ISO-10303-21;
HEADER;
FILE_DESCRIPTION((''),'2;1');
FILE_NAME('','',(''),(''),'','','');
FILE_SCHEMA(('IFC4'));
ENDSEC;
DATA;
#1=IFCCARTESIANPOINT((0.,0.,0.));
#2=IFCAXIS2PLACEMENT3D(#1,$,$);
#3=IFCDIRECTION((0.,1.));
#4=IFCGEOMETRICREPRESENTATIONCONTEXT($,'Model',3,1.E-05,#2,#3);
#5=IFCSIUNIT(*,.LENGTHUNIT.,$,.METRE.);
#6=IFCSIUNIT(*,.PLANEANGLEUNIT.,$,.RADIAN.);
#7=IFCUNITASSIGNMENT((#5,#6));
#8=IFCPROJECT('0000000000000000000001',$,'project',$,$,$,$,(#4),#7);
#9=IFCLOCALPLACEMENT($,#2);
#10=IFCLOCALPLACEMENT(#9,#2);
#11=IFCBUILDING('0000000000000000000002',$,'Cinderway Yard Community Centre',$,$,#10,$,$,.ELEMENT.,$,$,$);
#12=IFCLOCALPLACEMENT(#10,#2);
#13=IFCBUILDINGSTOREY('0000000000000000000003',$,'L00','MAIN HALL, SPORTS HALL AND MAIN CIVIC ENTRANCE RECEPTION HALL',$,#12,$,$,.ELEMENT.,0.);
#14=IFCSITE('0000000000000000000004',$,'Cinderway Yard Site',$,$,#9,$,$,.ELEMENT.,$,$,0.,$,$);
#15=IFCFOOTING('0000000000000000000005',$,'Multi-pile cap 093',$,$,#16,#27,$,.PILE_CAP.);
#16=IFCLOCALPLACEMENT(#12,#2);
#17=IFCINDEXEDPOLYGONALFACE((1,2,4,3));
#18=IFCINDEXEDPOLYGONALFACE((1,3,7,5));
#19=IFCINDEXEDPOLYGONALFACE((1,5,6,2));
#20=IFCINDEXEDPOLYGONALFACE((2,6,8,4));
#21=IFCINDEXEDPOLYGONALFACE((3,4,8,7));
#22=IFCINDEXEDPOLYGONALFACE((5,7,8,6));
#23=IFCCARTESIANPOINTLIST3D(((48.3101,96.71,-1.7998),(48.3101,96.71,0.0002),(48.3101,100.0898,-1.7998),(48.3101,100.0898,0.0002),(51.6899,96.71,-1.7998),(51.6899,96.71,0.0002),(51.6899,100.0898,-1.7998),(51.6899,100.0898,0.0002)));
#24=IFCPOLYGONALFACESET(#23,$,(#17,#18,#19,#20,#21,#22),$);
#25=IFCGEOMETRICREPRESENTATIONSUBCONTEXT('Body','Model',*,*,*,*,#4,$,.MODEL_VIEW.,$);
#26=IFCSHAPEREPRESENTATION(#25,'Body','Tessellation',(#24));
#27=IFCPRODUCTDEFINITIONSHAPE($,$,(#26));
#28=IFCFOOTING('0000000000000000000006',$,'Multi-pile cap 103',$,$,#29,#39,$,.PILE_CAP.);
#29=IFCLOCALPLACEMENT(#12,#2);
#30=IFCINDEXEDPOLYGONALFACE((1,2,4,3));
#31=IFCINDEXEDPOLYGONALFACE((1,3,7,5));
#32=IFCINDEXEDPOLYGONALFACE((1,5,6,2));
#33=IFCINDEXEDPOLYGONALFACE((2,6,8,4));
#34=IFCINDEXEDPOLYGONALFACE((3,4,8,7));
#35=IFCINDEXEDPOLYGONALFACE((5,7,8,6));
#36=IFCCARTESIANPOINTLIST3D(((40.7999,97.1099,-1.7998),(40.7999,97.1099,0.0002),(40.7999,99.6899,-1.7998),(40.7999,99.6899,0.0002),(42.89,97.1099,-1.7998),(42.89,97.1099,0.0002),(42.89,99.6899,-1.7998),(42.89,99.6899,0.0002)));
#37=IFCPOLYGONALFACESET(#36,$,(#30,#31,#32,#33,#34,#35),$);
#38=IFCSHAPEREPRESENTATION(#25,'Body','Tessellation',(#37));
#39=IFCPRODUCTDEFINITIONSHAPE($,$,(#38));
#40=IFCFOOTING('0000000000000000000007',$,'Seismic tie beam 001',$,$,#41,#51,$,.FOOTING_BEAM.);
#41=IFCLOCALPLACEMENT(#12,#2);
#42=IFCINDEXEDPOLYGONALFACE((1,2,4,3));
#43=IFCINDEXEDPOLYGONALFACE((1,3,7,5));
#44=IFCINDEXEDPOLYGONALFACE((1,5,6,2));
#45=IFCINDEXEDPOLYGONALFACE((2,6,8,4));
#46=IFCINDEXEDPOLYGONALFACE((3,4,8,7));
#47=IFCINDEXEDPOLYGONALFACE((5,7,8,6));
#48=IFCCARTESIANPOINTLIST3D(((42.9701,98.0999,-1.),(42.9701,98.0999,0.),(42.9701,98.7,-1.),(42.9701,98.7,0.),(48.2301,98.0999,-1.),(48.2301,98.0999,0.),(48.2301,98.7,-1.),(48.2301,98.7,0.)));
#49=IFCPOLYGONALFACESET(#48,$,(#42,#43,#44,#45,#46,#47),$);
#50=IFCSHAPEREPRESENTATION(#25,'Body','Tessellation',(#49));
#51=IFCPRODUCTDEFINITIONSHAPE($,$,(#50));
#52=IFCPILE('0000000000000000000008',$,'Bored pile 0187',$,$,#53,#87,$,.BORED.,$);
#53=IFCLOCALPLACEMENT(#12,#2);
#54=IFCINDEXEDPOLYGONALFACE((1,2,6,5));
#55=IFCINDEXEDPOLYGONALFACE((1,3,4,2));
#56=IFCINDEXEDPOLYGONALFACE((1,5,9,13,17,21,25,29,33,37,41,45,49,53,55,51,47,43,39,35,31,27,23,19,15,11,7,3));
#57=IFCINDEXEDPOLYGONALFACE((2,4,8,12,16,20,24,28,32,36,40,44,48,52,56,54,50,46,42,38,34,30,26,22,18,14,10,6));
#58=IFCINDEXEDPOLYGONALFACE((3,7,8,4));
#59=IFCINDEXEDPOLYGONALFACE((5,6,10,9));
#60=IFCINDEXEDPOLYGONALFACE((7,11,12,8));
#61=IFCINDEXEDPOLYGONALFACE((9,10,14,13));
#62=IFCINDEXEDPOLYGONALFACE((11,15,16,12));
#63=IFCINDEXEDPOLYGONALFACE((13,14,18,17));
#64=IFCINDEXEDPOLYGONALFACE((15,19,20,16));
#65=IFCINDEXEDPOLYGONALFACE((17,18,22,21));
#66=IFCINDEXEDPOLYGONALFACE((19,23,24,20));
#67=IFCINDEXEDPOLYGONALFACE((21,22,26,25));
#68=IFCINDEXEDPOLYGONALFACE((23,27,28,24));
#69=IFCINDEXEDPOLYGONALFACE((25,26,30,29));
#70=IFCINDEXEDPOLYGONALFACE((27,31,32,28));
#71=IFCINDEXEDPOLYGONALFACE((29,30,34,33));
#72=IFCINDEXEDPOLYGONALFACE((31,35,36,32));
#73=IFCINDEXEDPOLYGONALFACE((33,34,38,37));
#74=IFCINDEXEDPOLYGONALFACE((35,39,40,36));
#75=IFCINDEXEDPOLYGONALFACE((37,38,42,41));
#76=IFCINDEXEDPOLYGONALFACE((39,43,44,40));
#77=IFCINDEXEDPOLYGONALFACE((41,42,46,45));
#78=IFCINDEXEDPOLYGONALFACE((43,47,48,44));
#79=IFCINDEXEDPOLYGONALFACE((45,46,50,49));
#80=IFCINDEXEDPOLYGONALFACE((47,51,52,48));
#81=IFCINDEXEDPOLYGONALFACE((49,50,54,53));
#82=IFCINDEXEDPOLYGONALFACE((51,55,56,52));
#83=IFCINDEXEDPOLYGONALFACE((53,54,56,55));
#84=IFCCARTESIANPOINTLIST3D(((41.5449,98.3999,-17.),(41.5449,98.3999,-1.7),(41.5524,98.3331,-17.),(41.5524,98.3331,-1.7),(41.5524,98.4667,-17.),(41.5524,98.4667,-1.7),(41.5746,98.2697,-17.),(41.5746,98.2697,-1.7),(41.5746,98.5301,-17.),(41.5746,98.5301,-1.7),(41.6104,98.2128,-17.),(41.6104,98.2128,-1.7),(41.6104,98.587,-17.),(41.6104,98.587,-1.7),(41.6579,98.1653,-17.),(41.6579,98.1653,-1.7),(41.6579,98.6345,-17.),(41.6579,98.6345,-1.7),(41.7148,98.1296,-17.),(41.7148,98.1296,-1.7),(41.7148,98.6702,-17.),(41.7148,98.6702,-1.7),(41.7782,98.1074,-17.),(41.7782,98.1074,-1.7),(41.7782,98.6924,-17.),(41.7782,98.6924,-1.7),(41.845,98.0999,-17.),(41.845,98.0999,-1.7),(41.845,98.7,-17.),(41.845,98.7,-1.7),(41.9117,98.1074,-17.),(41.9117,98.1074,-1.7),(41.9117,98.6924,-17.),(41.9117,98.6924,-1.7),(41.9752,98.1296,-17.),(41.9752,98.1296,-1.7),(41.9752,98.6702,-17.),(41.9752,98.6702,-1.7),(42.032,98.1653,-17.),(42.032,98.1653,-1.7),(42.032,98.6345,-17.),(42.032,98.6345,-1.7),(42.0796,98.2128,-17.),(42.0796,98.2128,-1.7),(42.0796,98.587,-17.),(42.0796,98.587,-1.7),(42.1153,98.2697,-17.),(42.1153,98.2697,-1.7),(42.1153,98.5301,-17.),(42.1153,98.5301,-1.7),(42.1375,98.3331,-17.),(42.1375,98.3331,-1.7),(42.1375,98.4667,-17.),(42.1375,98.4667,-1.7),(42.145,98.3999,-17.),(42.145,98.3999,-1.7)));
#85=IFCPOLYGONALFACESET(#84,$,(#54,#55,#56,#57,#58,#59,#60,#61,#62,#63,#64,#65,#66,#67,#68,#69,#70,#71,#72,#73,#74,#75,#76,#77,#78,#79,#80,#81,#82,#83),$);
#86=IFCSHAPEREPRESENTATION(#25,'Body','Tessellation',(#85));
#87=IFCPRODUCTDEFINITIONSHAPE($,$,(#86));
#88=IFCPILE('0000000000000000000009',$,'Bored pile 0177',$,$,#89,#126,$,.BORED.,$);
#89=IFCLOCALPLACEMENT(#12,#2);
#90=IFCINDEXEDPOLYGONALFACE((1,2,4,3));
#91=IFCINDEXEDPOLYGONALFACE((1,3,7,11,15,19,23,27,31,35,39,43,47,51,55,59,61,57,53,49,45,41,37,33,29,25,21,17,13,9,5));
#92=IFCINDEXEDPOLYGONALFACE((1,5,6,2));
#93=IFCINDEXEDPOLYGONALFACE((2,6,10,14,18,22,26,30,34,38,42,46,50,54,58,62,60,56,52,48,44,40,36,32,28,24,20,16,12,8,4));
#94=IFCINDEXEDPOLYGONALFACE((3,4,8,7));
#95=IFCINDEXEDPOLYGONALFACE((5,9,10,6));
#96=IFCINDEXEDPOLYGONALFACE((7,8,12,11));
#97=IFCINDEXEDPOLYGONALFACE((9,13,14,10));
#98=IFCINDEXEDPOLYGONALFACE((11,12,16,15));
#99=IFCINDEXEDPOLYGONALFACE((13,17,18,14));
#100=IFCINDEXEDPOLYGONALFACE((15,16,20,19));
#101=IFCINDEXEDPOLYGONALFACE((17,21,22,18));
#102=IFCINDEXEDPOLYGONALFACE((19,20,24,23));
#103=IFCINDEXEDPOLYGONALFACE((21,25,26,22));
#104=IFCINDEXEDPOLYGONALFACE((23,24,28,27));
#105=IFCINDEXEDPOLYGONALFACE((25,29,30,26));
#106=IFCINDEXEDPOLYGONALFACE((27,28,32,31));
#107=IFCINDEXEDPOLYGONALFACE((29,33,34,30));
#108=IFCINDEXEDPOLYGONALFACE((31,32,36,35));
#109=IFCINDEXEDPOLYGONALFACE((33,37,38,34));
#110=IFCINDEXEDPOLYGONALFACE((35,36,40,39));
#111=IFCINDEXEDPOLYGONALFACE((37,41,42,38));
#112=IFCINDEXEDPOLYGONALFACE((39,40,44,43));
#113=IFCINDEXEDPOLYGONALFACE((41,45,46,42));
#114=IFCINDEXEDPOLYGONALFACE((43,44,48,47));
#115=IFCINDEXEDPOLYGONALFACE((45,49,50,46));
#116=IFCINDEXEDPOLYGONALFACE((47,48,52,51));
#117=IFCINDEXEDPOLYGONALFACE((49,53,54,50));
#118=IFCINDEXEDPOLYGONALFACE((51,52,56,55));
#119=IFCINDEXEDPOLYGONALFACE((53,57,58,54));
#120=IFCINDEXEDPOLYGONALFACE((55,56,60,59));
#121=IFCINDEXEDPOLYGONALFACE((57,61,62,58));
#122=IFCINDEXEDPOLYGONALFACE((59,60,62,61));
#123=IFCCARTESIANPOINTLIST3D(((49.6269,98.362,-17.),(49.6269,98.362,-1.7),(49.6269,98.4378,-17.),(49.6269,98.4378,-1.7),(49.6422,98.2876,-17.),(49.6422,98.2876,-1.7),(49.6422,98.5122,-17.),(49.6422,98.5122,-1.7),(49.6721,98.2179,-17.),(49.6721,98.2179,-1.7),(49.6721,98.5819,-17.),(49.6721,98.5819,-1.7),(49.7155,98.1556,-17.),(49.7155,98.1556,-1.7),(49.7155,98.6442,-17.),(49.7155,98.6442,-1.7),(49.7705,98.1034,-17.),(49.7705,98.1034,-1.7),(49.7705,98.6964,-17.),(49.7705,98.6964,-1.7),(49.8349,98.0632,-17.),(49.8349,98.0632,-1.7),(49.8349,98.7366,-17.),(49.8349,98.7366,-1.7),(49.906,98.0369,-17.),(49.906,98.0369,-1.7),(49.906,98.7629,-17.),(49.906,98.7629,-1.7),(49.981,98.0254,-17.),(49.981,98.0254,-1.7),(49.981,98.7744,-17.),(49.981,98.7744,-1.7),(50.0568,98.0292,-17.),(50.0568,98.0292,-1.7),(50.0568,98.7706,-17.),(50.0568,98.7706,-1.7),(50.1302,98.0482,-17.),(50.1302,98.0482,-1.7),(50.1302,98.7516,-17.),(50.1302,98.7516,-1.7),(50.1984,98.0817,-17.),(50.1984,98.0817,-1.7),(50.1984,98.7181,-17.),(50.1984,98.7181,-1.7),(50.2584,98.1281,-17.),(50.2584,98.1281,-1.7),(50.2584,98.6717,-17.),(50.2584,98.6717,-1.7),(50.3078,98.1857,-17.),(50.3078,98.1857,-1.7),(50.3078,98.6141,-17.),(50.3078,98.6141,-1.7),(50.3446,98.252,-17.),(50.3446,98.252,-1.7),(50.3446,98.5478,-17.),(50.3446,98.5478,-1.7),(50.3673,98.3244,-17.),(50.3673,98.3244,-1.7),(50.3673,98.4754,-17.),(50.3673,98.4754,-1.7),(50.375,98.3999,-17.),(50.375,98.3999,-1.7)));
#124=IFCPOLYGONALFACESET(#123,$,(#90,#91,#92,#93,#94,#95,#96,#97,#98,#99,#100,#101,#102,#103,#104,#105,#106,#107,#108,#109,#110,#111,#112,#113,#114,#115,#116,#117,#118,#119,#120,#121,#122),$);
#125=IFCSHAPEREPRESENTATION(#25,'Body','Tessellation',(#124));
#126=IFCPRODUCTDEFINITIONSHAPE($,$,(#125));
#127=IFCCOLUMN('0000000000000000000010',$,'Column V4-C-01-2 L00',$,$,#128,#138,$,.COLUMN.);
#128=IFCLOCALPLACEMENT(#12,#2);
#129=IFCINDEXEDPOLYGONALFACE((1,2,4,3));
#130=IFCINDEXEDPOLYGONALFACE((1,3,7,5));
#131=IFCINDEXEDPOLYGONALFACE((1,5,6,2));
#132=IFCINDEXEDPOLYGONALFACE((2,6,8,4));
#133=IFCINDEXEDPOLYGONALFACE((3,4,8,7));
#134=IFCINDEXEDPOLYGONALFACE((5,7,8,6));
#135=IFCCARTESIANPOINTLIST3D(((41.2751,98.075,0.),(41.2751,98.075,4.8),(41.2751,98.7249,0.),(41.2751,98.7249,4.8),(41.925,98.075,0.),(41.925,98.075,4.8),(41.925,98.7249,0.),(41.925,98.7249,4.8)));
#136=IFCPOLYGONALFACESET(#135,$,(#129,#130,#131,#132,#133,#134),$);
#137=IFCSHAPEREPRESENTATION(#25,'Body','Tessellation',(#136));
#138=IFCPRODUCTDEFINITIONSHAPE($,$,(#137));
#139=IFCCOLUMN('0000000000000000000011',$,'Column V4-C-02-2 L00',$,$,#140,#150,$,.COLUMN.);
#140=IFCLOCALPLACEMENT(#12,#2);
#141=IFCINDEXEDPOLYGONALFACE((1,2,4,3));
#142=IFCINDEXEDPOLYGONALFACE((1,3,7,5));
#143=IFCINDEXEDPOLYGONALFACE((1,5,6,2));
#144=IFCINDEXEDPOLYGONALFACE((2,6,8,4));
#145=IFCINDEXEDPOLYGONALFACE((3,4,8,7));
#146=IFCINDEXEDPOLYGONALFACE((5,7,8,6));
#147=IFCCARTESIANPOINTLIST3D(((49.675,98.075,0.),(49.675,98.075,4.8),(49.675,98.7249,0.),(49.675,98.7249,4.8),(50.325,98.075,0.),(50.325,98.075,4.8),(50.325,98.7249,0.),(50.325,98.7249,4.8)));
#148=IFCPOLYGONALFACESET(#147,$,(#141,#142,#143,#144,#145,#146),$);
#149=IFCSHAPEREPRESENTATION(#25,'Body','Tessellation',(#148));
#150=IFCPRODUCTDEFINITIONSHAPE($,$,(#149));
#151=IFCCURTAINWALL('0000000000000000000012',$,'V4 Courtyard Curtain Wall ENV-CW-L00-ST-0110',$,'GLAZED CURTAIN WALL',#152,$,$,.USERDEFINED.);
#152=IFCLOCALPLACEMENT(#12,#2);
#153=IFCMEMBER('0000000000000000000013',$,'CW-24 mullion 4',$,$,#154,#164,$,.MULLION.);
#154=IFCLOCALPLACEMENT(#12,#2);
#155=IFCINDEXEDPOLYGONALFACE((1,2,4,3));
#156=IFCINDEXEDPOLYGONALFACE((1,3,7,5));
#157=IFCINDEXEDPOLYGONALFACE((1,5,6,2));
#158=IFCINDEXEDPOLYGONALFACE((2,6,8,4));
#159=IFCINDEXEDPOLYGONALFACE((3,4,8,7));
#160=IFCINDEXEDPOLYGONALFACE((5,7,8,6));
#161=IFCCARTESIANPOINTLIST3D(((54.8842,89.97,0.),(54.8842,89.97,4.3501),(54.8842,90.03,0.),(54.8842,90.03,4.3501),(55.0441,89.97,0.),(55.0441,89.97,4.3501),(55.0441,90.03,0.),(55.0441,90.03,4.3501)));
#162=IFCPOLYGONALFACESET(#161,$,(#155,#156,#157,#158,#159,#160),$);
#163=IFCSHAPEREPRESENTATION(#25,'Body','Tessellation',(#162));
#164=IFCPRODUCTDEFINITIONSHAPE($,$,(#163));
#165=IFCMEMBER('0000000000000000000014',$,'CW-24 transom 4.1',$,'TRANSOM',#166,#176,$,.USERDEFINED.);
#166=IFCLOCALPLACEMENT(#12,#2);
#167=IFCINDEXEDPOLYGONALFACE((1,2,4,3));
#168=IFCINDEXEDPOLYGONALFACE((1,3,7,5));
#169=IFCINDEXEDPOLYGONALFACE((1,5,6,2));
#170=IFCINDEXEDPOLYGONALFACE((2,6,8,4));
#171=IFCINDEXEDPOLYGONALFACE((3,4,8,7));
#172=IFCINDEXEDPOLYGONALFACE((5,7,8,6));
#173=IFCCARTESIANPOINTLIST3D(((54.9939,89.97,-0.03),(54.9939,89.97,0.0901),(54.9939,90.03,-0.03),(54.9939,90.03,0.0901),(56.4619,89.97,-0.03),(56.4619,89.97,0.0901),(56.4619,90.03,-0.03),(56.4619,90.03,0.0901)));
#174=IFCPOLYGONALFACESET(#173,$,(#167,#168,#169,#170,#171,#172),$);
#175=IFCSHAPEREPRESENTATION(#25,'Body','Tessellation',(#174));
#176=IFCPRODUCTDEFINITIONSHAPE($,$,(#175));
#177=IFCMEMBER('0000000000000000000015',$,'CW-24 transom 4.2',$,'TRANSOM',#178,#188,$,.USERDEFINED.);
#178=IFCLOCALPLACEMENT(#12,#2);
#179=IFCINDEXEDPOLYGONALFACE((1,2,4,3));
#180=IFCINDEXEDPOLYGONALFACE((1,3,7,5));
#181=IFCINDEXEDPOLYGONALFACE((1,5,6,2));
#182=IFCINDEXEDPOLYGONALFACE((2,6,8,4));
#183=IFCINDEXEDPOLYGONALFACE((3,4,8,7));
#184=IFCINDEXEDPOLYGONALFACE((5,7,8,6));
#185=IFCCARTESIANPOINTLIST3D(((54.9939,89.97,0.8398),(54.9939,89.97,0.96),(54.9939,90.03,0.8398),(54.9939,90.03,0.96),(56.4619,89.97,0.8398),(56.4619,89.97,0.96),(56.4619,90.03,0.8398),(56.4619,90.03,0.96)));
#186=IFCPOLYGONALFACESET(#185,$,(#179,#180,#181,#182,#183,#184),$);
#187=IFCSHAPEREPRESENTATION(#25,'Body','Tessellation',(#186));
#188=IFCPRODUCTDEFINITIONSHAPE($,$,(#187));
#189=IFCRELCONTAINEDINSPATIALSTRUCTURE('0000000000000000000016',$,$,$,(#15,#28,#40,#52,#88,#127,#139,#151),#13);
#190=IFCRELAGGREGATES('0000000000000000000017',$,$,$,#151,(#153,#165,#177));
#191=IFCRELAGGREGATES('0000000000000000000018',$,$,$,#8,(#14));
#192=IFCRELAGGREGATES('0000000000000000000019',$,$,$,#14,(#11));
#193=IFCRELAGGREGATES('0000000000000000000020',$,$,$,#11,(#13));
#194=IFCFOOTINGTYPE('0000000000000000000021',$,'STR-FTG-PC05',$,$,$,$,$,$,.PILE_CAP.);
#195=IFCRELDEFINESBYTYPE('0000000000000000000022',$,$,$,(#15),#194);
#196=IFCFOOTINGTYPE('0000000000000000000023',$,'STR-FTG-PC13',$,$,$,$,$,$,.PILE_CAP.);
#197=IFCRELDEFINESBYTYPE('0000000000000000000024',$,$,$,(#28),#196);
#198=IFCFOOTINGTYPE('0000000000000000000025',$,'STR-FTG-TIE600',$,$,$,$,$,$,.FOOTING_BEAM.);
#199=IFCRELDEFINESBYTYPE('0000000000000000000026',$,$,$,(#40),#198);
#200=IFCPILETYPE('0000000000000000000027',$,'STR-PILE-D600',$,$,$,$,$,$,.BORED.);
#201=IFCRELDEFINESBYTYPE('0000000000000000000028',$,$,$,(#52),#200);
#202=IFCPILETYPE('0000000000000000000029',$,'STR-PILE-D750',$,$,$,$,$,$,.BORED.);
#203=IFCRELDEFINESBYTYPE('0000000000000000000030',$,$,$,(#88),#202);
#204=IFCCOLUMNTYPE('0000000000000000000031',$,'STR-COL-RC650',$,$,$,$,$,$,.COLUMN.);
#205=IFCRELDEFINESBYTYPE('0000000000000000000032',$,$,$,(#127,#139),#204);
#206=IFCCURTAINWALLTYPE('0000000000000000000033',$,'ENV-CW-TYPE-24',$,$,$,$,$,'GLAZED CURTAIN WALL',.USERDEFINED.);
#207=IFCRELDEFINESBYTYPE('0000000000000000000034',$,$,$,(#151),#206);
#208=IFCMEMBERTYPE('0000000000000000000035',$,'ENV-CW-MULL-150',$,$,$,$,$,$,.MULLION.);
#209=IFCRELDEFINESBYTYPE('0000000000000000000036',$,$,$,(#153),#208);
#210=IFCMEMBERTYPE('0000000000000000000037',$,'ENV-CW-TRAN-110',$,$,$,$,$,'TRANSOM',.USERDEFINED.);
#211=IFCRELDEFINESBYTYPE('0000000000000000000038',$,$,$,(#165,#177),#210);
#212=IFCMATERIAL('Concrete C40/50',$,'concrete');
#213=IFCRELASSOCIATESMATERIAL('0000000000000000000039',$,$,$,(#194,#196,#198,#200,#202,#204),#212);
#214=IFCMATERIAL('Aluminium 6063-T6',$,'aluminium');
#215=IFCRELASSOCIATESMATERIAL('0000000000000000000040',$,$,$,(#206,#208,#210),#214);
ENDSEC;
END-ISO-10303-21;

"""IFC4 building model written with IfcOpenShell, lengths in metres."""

from ifc_helpers import new_model, si_unit, direction, frame, origin, origin_2d, place, context, subcontext, project, spatial, rectangle, circle, extrude, material, material_profile, profile_set, type_object, element, aggregate, save


model = new_model("IFC4")

# Units and contexts
model_context = context("Model", 3, precision=1e-05, world=origin(), true_north=direction((0.0, 1.0)))
body_context = subcontext(model_context, "Body", "Model", "MODEL_VIEW")
ifc_project = project(units=[si_unit("LENGTHUNIT", "METRE"), si_unit("PLANEANGLEUNIT", "RADIAN")], contexts=[model_context])

# Site, building, storey
site_placement = place(None, origin())
site = spatial("IfcSite", under=ifc_project, at=site_placement, Name="Cinderway Yard Site", CompositionType="ELEMENT", RefElevation=0.0)
building_placement = place(site_placement, origin())
building = spatial("IfcBuilding", under=site, at=building_placement, Name="Cinderway Yard Community Centre", CompositionType="ELEMENT")
storey_placement = place(building_placement, origin())
storey = spatial("IfcBuildingStorey", under=building, at=storey_placement, Name="L00", Description="MAIN HALL, SPORTS HALL AND MAIN CIVIC ENTRANCE RECEPTION HALL", CompositionType="ELEMENT", Elevation=0.0)

# Footings
ifc_material_1 = material(Name="Concrete C40/50", Category="concrete")
footing_type_1 = type_object("IfcFootingType", Name="STR-FTG-PC05", PredefinedType="PILE_CAP", material=ifc_material_1)
footing_1_placement = place(storey_placement, frame((50.0, 98.3999, -1.7998), z_axis=(0.0, 0.0, 1.0), x_axis=(1.0, 0.0, 0.0)))
element("IfcFooting", 1, at=footing_1_placement, inside=storey, type_object=footing_type_1, Name="Multi-pile cap 093", PredefinedType="PILE_CAP", context=body_context, shape_type="SweptSolid", body=[
    extrude(rectangle(XDim=3.3799, YDim=3.3799, at=origin_2d()), origin(), (0.0, 0.0, 1.0), 1.8),
])
footing_type_2 = type_object("IfcFootingType", Name="STR-FTG-PC13", PredefinedType="PILE_CAP", material=ifc_material_1)
footing_2_placement = place(storey_placement, frame((41.845, 98.3999, -1.7998), z_axis=(0.0, 0.0, 1.0), x_axis=(1.0, 0.0, 0.0)))
element("IfcFooting", 2, at=footing_2_placement, inside=storey, type_object=footing_type_2, Name="Multi-pile cap 103", PredefinedType="PILE_CAP", context=body_context, shape_type="SweptSolid", body=[
    extrude(rectangle(XDim=2.0901, YDim=2.5801, at=origin_2d()), origin(), (0.0, 0.0, 1.0), 1.8),
])
footing_type_3 = type_object("IfcFootingType", Name="STR-FTG-TIE600", PredefinedType="FOOTING_BEAM", material=ifc_material_1)
footing_3_placement = place(storey_placement, frame((45.6001, 98.3999, -1.0), z_axis=(0.0, 0.0, 1.0), x_axis=(1.0, 0.0, 0.0)))
element("IfcFooting", 3, at=footing_3_placement, inside=storey, type_object=footing_type_3, Name="Seismic tie beam 001", PredefinedType="FOOTING_BEAM", context=body_context, shape_type="SweptSolid", body=[
    extrude(rectangle(XDim=5.26, YDim=0.6001, at=origin_2d()), origin(), (0.0, 0.0, 1.0), 1.0),
])

# Piles
ifc_material_profile_1 = material_profile(ifc_material_1, circle(Radius=0.3, at=origin_2d()), Name="Concrete C40/50")
ifc_profile_set_1 = profile_set([ifc_material_profile_1], Name="Concrete C40/50")
pile_type_1 = type_object("IfcPileType", Name="STR-PILE-D600", PredefinedType="BORED", material=ifc_profile_set_1)
pile_1_placement = place(storey_placement, frame((41.845, 98.3999, -1.7), z_axis=(0.0, 0.0, -1.0), x_axis=(1.0, 0.0, 0.0)))
element("IfcPile", 4, at=pile_1_placement, inside=storey, type_object=pile_type_1, Name="Bored pile 0187", PredefinedType="BORED", context=body_context, shape_type="SweptSolid", body=[
    extrude(circle(Radius=0.3, at=origin_2d()), origin(), (0.0, 0.0, 1.0), 15.3),
])
ifc_material_profile_2 = material_profile(ifc_material_1, circle(Radius=0.375, at=origin_2d()), Name="Concrete C40/50")
ifc_profile_set_2 = profile_set([ifc_material_profile_2], Name="Concrete C40/50")
pile_type_2 = type_object("IfcPileType", Name="STR-PILE-D750", PredefinedType="BORED", material=ifc_profile_set_2)
pile_2_placement = place(storey_placement, frame((50.0, 98.3999, -1.7), z_axis=(0.0, 0.0, -1.0), x_axis=(1.0, 0.0, 0.0)))
element("IfcPile", 5, at=pile_2_placement, inside=storey, type_object=pile_type_2, Name="Bored pile 0177", PredefinedType="BORED", context=body_context, shape_type="SweptSolid", body=[
    extrude(circle(Radius=0.375, at=origin_2d()), origin(), (0.0, 0.0, 1.0), 15.3),
])

# Columns
ifc_material_profile_3 = material_profile(ifc_material_1, rectangle(XDim=0.6499, YDim=0.6499, at=origin_2d()), Name="Concrete C40/50")
ifc_profile_set_3 = profile_set([ifc_material_profile_3], Name="Concrete C40/50")
column_type = type_object("IfcColumnType", Name="STR-COL-RC650", PredefinedType="COLUMN", material=ifc_profile_set_3)
for number, where, z_axis, x_axis, name in (
    (6, (41.6001, 98.3999, 0.0), (0.0, 0.0, 1.0), (1.0, 0.0, 0.0), "Column V4-C-01-2 L00"),
    (7, (50.0, 98.3999, 0.0), (0.0, 0.0, 1.0), (1.0, 0.0, 0.0), "Column V4-C-02-2 L00"),
):
    element("IfcColumn", number, at=place(storey_placement, frame(where, z_axis=z_axis, x_axis=x_axis)), inside=storey, type_object=column_type, Name=name, PredefinedType="COLUMN", context=body_context, shape_type="SweptSolid", body=[
        extrude(rectangle(XDim=0.6499, YDim=0.6499, at=origin_2d()), origin(), (0.0, 0.0, 1.0), 4.8),
    ])

# Curtain wall, members
ifc_material_2 = material(Name="Aluminium 6063-T6", Category="aluminium")
curtain_wall_type = type_object("IfcCurtainWallType", Name="ENV-CW-TYPE-24", ElementType="GLAZED CURTAIN WALL", PredefinedType="USERDEFINED", material=ifc_material_2)
curtain_wall_placement = place(storey_placement, origin())
curtain_wall = element("IfcCurtainWall", 8, at=curtain_wall_placement, inside=storey, type_object=curtain_wall_type, Name="V4 Courtyard Curtain Wall ENV-CW-L00-ST-0110", ObjectType="GLAZED CURTAIN WALL", PredefinedType="USERDEFINED")
ifc_material_profile_4 = material_profile(ifc_material_2, rectangle(XDim=0.0601, YDim=0.1599, at=origin_2d()), Name="Aluminium 6063-T6")
ifc_profile_set_4 = profile_set([ifc_material_profile_4], Name="Aluminium 6063-T6")
member_type_1 = type_object("IfcMemberType", Name="ENV-CW-MULL-150", PredefinedType="MULLION", material=ifc_profile_set_4)
member_1_placement = place(storey_placement, frame((54.9641, 90.0, 0.0), z_axis=(0.0, 0.0, 1.0), x_axis=(0.0, 1.0, 0.0)))
member_1 = element("IfcMember", 9, at=member_1_placement, type_object=member_type_1, Name="CW-24 mullion 4", PredefinedType="MULLION", context=body_context, shape_type="SweptSolid", body=[
    extrude(rectangle(XDim=0.0601, YDim=0.1599, at=origin_2d()), origin(), (0.0, 0.0, 1.0), 4.3501),
])
ifc_material_profile_5 = material_profile(ifc_material_2, rectangle(XDim=0.0601, YDim=0.1201, at=origin_2d()), Name="Aluminium 6063-T6")
ifc_profile_set_5 = profile_set([ifc_material_profile_5], Name="Aluminium 6063-T6")
member_type_2 = type_object("IfcMemberType", Name="ENV-CW-TRAN-110", ElementType="TRANSOM", PredefinedType="USERDEFINED", material=ifc_profile_set_5)
member_2_placement = place(storey_placement, frame((54.9939, 90.0, 0.03), z_axis=(1.0, 0.0, 0.0), x_axis=(0.0, 1.0, 0.0)))
member_2 = element("IfcMember", 10, at=member_2_placement, type_object=member_type_2, Name="CW-24 transom 4.1", ObjectType="TRANSOM", PredefinedType="USERDEFINED", context=body_context, shape_type="SweptSolid", body=[
    extrude(rectangle(XDim=0.0601, YDim=0.1201, at=origin_2d()), origin(), (0.0, 0.0, 1.0), 1.468),
])
member_3_placement = place(storey_placement, frame((54.9939, 90.0, 0.8999), z_axis=(1.0, 0.0, 0.0), x_axis=(0.0, 1.0, 0.0)))
member_3 = element("IfcMember", 11, at=member_3_placement, type_object=member_type_2, Name="CW-24 transom 4.2", ObjectType="TRANSOM", PredefinedType="USERDEFINED", context=body_context, shape_type="SweptSolid", body=[
    extrude(rectangle(XDim=0.0601, YDim=0.1201, at=origin_2d()), origin(), (0.0, 0.0, 1.0), 1.468),
])
aggregate(curtain_wall, [member_1, member_2, member_3])

save(model, "model.ifc")
